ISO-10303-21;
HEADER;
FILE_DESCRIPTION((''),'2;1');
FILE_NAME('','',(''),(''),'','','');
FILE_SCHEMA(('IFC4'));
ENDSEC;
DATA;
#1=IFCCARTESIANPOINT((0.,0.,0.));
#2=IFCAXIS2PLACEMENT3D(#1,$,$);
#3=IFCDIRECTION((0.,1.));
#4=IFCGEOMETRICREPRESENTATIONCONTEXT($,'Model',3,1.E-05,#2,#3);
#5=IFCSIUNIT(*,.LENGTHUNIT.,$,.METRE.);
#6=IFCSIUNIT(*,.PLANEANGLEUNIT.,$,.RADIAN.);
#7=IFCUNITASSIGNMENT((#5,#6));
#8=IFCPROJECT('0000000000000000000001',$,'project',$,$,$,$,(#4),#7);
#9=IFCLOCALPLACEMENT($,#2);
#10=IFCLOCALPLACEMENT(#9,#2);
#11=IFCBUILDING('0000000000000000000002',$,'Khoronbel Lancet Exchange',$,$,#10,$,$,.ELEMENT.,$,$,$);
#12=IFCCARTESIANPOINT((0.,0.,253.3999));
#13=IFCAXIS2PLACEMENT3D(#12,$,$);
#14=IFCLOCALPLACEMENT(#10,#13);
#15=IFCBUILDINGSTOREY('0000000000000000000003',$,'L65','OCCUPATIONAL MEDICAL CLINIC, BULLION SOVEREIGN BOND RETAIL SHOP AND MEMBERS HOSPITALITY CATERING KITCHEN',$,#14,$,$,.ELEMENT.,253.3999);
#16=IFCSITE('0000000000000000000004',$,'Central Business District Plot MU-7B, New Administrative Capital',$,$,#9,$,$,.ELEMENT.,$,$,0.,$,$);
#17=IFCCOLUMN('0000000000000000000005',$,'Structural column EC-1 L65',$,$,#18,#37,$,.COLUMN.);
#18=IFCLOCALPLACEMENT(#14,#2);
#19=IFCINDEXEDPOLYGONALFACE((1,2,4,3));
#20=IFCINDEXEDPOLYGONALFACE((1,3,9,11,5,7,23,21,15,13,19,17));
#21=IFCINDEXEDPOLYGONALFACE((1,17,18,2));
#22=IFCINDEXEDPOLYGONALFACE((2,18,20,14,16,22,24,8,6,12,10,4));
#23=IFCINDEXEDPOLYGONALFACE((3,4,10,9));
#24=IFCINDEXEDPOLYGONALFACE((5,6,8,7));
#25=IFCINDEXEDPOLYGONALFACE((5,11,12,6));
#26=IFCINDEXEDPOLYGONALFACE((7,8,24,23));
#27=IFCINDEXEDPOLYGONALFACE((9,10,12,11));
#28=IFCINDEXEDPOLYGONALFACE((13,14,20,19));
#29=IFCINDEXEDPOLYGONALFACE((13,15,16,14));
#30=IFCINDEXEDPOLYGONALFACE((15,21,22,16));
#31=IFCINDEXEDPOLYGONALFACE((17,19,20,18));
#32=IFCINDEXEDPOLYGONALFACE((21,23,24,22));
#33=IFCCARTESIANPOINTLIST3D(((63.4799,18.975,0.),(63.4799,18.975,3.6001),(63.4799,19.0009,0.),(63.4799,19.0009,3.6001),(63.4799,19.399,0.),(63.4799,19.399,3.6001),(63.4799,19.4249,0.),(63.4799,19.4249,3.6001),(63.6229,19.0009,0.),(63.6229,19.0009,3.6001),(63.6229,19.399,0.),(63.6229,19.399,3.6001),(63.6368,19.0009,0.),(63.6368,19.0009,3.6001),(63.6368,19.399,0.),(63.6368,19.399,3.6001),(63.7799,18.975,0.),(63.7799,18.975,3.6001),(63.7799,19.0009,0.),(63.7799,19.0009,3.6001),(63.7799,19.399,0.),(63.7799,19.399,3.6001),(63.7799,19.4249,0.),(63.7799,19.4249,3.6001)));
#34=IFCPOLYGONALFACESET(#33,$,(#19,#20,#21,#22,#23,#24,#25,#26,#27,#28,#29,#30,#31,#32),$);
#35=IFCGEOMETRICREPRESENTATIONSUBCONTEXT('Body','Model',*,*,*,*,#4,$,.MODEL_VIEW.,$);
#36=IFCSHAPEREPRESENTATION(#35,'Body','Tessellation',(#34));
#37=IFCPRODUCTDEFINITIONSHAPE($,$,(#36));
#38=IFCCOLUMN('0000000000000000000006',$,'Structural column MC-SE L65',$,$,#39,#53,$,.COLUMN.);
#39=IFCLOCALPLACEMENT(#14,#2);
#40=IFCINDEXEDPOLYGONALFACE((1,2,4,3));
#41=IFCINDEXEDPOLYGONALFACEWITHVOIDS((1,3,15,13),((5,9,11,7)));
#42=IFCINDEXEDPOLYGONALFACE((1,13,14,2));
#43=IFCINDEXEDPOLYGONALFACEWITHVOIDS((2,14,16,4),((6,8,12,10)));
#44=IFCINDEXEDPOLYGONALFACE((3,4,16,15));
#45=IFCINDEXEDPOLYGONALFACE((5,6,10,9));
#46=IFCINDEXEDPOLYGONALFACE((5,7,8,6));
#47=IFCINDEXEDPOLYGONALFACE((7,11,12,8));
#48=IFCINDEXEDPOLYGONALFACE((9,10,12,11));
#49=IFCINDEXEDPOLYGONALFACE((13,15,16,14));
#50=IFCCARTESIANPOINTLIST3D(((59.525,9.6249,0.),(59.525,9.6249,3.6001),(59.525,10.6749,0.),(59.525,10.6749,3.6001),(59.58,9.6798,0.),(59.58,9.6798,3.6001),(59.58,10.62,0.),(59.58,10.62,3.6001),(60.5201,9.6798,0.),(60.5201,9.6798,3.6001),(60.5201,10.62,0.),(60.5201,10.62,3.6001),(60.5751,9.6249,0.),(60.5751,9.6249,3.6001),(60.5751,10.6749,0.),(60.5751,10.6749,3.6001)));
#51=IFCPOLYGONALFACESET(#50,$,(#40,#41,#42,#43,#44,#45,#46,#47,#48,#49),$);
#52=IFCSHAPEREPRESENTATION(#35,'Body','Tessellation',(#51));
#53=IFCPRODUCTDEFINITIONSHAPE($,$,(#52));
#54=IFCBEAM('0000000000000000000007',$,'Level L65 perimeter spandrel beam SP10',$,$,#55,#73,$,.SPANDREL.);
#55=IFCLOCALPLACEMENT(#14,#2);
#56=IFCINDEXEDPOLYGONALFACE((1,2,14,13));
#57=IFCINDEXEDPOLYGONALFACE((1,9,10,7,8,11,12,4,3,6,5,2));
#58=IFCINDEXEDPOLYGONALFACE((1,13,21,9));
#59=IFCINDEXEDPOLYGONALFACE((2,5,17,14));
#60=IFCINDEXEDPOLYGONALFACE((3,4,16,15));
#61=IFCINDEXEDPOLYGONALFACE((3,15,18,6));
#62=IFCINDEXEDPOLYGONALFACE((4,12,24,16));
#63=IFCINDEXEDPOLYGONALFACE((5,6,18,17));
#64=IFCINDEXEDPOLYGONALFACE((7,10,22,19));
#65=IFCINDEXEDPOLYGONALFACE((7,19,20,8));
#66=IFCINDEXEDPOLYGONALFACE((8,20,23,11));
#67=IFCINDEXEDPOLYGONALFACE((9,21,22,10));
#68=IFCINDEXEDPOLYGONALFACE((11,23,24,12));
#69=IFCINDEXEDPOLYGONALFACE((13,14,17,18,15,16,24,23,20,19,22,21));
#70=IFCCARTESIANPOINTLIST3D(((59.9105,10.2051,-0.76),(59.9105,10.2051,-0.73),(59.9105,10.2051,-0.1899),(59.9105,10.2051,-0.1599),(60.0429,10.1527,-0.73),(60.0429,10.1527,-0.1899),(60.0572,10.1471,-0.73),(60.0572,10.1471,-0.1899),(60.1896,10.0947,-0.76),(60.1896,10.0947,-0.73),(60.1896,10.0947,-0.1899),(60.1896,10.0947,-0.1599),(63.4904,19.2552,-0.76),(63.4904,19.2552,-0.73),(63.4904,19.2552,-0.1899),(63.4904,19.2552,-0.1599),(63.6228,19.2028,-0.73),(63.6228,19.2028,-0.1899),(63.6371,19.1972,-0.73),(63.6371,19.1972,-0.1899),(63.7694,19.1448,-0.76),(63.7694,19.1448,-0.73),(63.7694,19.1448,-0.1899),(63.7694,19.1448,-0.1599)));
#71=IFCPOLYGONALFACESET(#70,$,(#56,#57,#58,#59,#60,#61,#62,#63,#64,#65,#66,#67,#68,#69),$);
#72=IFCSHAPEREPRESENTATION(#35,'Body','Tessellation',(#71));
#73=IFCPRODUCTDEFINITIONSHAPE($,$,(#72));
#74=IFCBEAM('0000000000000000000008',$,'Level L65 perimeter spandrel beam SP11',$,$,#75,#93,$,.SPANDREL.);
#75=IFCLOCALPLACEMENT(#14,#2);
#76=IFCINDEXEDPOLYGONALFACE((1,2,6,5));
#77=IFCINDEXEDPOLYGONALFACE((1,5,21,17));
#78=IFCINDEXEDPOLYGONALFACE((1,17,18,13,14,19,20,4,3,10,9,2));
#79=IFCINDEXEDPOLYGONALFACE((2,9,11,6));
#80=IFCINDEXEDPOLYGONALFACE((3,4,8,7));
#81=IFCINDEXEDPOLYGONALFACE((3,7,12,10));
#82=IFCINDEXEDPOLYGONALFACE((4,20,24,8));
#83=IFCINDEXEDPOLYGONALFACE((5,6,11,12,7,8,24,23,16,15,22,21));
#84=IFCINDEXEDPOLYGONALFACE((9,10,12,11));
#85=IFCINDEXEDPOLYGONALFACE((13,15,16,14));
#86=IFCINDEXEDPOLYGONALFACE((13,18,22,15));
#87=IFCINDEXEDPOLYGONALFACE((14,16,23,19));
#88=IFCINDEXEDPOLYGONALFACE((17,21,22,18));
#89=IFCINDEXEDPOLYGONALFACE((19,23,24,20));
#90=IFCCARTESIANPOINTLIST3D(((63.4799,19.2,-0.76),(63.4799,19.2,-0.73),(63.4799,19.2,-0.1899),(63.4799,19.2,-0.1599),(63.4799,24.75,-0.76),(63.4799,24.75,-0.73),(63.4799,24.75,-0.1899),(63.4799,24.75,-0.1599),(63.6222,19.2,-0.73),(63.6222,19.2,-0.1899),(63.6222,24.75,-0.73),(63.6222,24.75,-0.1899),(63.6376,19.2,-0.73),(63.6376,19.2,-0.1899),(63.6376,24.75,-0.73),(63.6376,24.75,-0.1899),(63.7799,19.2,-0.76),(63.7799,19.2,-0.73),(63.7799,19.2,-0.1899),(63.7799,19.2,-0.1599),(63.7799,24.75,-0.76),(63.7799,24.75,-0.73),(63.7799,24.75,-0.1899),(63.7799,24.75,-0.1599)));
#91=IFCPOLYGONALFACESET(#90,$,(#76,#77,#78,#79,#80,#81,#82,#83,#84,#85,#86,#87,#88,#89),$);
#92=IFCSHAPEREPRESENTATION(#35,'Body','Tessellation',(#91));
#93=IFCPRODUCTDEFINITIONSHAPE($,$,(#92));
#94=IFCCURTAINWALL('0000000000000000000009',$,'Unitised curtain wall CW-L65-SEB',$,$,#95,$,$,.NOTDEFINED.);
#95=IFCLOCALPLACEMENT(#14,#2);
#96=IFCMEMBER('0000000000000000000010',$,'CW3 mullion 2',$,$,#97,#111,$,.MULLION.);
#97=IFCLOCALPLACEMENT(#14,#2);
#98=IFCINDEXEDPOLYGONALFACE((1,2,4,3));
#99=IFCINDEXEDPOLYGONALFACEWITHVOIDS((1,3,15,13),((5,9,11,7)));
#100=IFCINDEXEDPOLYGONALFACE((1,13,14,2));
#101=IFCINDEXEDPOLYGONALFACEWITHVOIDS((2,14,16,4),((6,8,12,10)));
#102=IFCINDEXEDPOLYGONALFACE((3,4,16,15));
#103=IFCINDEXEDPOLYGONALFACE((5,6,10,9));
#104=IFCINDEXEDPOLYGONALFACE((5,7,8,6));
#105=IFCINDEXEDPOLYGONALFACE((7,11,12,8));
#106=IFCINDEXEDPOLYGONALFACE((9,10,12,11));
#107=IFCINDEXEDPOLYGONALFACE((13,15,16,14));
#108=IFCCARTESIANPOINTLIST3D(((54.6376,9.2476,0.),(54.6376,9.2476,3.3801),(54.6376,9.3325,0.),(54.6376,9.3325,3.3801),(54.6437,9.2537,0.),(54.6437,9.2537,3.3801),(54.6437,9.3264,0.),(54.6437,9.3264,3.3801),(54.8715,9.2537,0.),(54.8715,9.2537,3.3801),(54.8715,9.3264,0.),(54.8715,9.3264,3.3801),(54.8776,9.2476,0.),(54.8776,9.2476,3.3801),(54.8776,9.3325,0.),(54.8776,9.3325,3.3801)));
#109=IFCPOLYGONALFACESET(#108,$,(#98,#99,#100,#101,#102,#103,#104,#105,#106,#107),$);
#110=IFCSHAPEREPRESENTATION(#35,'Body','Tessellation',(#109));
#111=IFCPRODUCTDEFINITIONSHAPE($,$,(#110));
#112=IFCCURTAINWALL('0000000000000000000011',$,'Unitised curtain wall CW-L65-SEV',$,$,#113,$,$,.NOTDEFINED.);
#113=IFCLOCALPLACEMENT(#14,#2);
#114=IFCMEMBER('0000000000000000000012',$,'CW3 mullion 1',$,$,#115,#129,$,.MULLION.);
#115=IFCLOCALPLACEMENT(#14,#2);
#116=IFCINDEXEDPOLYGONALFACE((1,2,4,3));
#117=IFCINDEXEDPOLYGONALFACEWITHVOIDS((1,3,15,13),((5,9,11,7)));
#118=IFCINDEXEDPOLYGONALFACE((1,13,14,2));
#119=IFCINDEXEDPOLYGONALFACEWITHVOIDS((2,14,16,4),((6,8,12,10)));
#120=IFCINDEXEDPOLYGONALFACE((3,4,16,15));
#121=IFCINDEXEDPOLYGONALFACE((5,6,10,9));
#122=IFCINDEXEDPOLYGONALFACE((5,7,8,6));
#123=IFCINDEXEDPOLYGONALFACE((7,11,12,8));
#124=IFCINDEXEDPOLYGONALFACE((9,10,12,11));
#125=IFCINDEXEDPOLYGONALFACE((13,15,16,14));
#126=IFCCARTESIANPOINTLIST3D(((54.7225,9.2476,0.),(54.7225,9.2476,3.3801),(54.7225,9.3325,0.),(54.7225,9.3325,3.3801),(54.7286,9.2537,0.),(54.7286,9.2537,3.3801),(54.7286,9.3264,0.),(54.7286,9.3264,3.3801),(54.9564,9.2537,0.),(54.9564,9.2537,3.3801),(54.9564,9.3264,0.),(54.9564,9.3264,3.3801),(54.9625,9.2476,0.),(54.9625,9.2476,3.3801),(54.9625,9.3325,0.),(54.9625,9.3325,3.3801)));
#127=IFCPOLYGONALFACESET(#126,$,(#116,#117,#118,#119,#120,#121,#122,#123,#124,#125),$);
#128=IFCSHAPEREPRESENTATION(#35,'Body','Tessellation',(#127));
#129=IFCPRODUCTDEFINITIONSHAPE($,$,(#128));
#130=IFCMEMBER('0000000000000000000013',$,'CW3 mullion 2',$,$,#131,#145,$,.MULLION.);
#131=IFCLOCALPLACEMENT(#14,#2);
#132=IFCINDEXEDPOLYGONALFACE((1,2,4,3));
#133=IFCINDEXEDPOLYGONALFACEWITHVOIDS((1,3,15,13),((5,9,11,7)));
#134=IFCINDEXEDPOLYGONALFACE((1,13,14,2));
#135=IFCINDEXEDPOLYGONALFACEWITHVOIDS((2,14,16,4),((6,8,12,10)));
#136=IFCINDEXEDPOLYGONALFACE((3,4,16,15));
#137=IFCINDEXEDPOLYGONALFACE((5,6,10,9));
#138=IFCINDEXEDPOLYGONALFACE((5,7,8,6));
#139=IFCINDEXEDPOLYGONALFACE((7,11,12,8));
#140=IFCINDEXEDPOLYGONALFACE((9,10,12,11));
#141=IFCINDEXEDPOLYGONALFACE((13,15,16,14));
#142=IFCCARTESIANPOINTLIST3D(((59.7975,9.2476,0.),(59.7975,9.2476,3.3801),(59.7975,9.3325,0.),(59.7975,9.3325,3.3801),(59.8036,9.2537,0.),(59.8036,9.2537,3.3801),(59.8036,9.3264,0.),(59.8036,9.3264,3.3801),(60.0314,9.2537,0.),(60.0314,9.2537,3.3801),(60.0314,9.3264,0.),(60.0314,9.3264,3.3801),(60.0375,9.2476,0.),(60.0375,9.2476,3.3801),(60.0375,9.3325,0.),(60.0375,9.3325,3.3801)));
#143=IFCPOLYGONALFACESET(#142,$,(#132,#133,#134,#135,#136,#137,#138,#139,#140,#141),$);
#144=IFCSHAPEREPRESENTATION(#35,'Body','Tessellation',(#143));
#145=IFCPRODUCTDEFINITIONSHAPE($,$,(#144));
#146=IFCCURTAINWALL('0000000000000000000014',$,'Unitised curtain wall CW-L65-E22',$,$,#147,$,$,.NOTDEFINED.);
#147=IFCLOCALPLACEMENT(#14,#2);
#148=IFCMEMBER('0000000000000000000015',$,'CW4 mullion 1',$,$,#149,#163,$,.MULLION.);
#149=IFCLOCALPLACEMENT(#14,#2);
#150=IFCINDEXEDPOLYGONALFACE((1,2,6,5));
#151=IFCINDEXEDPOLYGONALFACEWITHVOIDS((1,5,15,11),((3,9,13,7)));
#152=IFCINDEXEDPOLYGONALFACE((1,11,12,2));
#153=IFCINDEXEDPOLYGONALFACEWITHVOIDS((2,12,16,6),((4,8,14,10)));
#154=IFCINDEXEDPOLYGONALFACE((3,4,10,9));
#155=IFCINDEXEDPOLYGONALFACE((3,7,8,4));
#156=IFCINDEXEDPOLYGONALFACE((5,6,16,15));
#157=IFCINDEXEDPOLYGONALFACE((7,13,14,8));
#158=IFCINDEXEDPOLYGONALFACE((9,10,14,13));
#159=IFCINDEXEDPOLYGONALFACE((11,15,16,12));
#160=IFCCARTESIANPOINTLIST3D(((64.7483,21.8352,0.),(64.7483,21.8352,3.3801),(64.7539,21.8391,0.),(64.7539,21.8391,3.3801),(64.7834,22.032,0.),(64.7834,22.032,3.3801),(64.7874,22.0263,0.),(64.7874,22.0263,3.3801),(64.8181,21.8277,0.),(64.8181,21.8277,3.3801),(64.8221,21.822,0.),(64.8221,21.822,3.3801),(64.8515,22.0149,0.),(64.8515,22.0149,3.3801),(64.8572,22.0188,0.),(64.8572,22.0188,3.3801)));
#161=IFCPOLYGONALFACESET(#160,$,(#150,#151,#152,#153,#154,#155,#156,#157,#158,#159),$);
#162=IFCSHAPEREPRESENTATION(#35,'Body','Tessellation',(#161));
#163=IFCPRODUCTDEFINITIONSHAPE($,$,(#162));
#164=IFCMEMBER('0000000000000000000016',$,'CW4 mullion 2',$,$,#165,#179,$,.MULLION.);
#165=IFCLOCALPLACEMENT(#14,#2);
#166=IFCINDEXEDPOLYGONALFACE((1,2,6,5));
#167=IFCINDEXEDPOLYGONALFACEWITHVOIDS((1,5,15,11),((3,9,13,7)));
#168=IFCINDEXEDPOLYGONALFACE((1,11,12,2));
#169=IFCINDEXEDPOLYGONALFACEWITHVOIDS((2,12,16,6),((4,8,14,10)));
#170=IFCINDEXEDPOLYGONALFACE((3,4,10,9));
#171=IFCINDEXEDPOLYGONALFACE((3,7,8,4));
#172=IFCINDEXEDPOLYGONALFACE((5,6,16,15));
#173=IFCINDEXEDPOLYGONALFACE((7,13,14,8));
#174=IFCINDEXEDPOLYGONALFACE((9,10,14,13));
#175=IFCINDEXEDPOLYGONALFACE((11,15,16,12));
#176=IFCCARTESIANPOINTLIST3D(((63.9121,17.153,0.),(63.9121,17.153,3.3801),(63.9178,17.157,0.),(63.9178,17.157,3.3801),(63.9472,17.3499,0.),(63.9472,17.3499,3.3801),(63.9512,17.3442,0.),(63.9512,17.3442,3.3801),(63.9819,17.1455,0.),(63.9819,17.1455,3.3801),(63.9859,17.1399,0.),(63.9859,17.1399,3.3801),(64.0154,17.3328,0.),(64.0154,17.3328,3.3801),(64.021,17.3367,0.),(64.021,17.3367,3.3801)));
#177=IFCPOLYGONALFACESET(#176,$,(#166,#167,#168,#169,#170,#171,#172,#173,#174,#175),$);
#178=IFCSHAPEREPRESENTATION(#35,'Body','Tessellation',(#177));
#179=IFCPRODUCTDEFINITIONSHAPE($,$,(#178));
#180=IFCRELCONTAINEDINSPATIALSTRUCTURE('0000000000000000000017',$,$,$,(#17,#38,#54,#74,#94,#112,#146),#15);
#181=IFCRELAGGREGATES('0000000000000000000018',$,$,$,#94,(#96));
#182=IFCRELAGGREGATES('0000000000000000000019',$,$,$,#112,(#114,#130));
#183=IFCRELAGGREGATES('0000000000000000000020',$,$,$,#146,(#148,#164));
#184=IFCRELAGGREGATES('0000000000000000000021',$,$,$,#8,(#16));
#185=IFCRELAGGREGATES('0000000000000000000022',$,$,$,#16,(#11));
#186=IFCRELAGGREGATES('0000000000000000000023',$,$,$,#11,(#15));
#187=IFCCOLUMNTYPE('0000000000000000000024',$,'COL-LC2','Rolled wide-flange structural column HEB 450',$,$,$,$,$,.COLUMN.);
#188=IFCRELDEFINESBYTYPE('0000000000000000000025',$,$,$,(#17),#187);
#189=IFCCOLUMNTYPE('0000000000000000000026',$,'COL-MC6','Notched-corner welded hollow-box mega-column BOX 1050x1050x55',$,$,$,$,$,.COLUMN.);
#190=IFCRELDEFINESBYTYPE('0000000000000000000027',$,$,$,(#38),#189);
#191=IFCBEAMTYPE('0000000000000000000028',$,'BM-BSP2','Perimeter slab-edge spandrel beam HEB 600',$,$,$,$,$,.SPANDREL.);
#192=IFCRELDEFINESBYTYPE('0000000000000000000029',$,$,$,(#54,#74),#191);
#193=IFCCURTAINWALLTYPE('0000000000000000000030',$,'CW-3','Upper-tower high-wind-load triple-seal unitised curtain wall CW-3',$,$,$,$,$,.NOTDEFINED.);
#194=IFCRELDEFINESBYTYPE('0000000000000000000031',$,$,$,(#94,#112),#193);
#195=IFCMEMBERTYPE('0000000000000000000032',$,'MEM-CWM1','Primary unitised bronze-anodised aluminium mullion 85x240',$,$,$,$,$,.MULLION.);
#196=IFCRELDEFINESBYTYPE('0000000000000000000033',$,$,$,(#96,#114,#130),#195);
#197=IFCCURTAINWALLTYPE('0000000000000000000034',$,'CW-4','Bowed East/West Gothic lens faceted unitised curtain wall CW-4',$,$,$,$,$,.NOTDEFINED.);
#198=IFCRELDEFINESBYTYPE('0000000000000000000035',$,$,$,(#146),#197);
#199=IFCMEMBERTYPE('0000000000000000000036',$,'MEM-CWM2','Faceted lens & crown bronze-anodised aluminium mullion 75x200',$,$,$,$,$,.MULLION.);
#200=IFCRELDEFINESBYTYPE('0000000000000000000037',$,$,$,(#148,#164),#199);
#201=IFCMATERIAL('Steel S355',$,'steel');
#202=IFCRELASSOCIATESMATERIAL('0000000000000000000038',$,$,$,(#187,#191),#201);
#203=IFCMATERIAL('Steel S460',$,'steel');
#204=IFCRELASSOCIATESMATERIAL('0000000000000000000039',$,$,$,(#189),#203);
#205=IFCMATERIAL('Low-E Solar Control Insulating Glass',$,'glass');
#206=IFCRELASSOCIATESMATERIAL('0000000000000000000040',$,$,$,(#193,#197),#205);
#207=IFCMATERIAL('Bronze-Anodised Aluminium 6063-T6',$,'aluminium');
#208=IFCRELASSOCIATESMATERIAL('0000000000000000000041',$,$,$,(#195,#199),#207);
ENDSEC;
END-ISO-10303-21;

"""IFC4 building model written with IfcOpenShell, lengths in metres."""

from ifc_helpers import new_model, si_unit, direction, frame, origin, origin_2d, place, context, subcontext, project, spatial, hollow_rectangle, i_section, extrude, material, material_profile, profile_set, type_object, element, aggregate, save


model = new_model("IFC4")

# Units and contexts
model_context = context("Model", 3, precision=1e-05, world=origin(), true_north=direction((0.0, 1.0)))
body_context = subcontext(model_context, "Body", "Model", "MODEL_VIEW")
ifc_project = project(units=[si_unit("LENGTHUNIT", "METRE"), si_unit("PLANEANGLEUNIT", "RADIAN")], contexts=[model_context])

# Site, building, storey
site_placement = place(None, origin())
site = spatial("IfcSite", under=ifc_project, at=site_placement, Name="Central Business District Plot MU-7B, New Administrative Capital", CompositionType="ELEMENT", RefElevation=0.0)
building_placement = place(site_placement, origin())
building = spatial("IfcBuilding", under=site, at=building_placement, Name="Khoronbel Lancet Exchange", CompositionType="ELEMENT")
storey_placement = place(building_placement, frame((0.0, 0.0, 253.3999)))
storey = spatial("IfcBuildingStorey", under=building, at=storey_placement, Name="L65", Description="OCCUPATIONAL MEDICAL CLINIC, BULLION SOVEREIGN BOND RETAIL SHOP AND MEMBERS HOSPITALITY CATERING KITCHEN", CompositionType="ELEMENT", Elevation=253.3999)

# Columns
ifc_material_1 = material(Name="Steel S355", Category="steel")
ifc_material_profile_1 = material_profile(ifc_material_1, i_section(OverallWidth=0.3, OverallDepth=0.45, WebThickness=0.0139, FlangeThickness=0.0259, at=origin_2d()), Name="HEB 450")
ifc_profile_set_1 = profile_set([ifc_material_profile_1], Name="Steel S355")
column_type_1 = type_object("IfcColumnType", Name="COL-LC2", Description="Rolled wide-flange structural column HEB 450", PredefinedType="COLUMN", material=ifc_profile_set_1)
column_1_placement = place(storey_placement, frame((63.6299, 19.2, 0.0), z_axis=(0.0, 0.0, 1.0), x_axis=(1.0, 0.0, 0.0)))
element("IfcColumn", 1, at=column_1_placement, inside=storey, type_object=column_type_1, Name="Structural column EC-1 L65", PredefinedType="COLUMN", context=body_context, shape_type="SweptSolid", body=[
    extrude(i_section(OverallWidth=0.3, OverallDepth=0.45, WebThickness=0.0139, FlangeThickness=0.0259, at=origin_2d()), origin(), (0.0, 0.0, 1.0), 3.6001),
])
ifc_material_2 = material(Name="Steel S460", Category="steel")
ifc_material_profile_2 = material_profile(ifc_material_2, hollow_rectangle(XDim=1.05, YDim=1.05, WallThickness=0.0549, at=origin_2d()), Name="BOX 1050x1050x55")
ifc_profile_set_2 = profile_set([ifc_material_profile_2], Name="Steel S460")
column_type_2 = type_object("IfcColumnType", Name="COL-MC6", Description="Notched-corner welded hollow-box mega-column BOX 1050x1050x55", PredefinedType="COLUMN", material=ifc_profile_set_2)
column_2_placement = place(storey_placement, frame((60.05, 10.1499, 0.0), z_axis=(0.0, 0.0, 1.0), x_axis=(1.0, 0.0, 0.0)))
element("IfcColumn", 2, at=column_2_placement, inside=storey, type_object=column_type_2, Name="Structural column MC-SE L65", PredefinedType="COLUMN", context=body_context, shape_type="SweptSolid", body=[
    extrude(hollow_rectangle(XDim=1.05, YDim=1.05, WallThickness=0.0549, at=origin_2d()), origin(), (0.0, 0.0, 1.0), 3.6001),
])

# Beams
ifc_material_profile_3 = material_profile(ifc_material_1, i_section(OverallWidth=0.3, OverallDepth=0.6001, WebThickness=0.0154, FlangeThickness=0.03, at=origin_2d()), Name="HEB 600")
ifc_profile_set_3 = profile_set([ifc_material_profile_3], Name="Steel S355")
beam_type = type_object("IfcBeamType", Name="BM-BSP2", Description="Perimeter slab-edge spandrel beam HEB 600", PredefinedType="SPANDREL", material=ifc_profile_set_3)
beam_1_placement = place(storey_placement, frame((60.05, 10.1499, -0.46), z_axis=(0.367828, 0.929894, 0.0), x_axis=(-0.929894, 0.367828, 0.0)))
element("IfcBeam", 3, at=beam_1_placement, inside=storey, type_object=beam_type, Name="Level L65 perimeter spandrel beam SP10", PredefinedType="SPANDREL", context=body_context, shape_type="SweptSolid", body=[
    extrude(i_section(OverallWidth=0.3, OverallDepth=0.6001, WebThickness=0.0154, FlangeThickness=0.03, at=origin_2d()), origin(), (0.0, 0.0, 1.0), 9.7324),
])
beam_2_placement = place(storey_placement, frame((63.6299, 19.2, -0.46), z_axis=(0.0, 1.0, 0.0), x_axis=(-1.0, 0.0, 0.0)))
element("IfcBeam", 4, at=beam_2_placement, inside=storey, type_object=beam_type, Name="Level L65 perimeter spandrel beam SP11", PredefinedType="SPANDREL", context=body_context, shape_type="SweptSolid", body=[
    extrude(i_section(OverallWidth=0.3, OverallDepth=0.6001, WebThickness=0.0154, FlangeThickness=0.03, at=origin_2d()), origin(), (0.0, 0.0, 1.0), 5.55),
])

# Curtain wall, member
ifc_material_3 = material(Name="Low-E Solar Control Insulating Glass", Category="glass")
curtain_wall_type_1 = type_object("IfcCurtainWallType", Name="CW-3", Description="Upper-tower high-wind-load triple-seal unitised curtain wall CW-3", PredefinedType="NOTDEFINED", material=ifc_material_3)
curtain_wall_1_placement = place(storey_placement, origin())
curtain_wall_1 = element("IfcCurtainWall", 5, at=curtain_wall_1_placement, inside=storey, type_object=curtain_wall_type_1, Name="Unitised curtain wall CW-L65-SEB", PredefinedType="NOTDEFINED")
ifc_material_4 = material(Name="Bronze-Anodised Aluminium 6063-T6", Category="aluminium")
ifc_material_profile_4 = material_profile(ifc_material_4, hollow_rectangle(XDim=0.085, YDim=0.24, WallThickness=0.0061, at=origin_2d()), Name="ALU MULLION 85x240")
ifc_profile_set_4 = profile_set([ifc_material_profile_4], Name="Bronze-Anodised Aluminium 6063-T6")
member_type_1 = type_object("IfcMemberType", Name="MEM-CWM1", Description="Primary unitised bronze-anodised aluminium mullion 85x240", PredefinedType="MULLION", material=ifc_profile_set_4)
member_1_placement = place(storey_placement, frame((54.7576, 9.29, 0.0), z_axis=(0.0, 0.0, 1.0), x_axis=(0.0, 1.0, 0.0)))
member_1 = element("IfcMember", 6, at=member_1_placement, type_object=member_type_1, Name="CW3 mullion 2", PredefinedType="MULLION", context=body_context, shape_type="SweptSolid", body=[
    extrude(hollow_rectangle(XDim=0.085, YDim=0.24, WallThickness=0.0061, at=origin_2d()), origin(), (0.0, 0.0, 1.0), 3.3801),
])
aggregate(curtain_wall_1, [member_1])

# Curtain walls, members
curtain_wall_2_placement = place(storey_placement, origin())
curtain_wall_2 = element("IfcCurtainWall", 7, at=curtain_wall_2_placement, inside=storey, type_object=curtain_wall_type_1, Name="Unitised curtain wall CW-L65-SEV", PredefinedType="NOTDEFINED")
member_2_placement = place(storey_placement, frame((54.8425, 9.29, 0.0), z_axis=(0.0, 0.0, 1.0), x_axis=(0.0, 1.0, 0.0)))
member_2 = element("IfcMember", 8, at=member_2_placement, type_object=member_type_1, Name="CW3 mullion 1", PredefinedType="MULLION", context=body_context, shape_type="SweptSolid", body=[
    extrude(hollow_rectangle(XDim=0.085, YDim=0.24, WallThickness=0.0061, at=origin_2d()), origin(), (0.0, 0.0, 1.0), 3.3801),
])
member_3_placement = place(storey_placement, frame((59.9175, 9.29, 0.0), z_axis=(0.0, 0.0, 1.0), x_axis=(0.0, 1.0, 0.0)))
member_3 = element("IfcMember", 9, at=member_3_placement, type_object=member_type_1, Name="CW3 mullion 2", PredefinedType="MULLION", context=body_context, shape_type="SweptSolid", body=[
    extrude(hollow_rectangle(XDim=0.085, YDim=0.24, WallThickness=0.0061, at=origin_2d()), origin(), (0.0, 0.0, 1.0), 3.3801),
])
curtain_wall_type_2 = type_object("IfcCurtainWallType", Name="CW-4", Description="Bowed East/West Gothic lens faceted unitised curtain wall CW-4", PredefinedType="NOTDEFINED", material=ifc_material_3)
curtain_wall_3_placement = place(storey_placement, origin())
curtain_wall_3 = element("IfcCurtainWall", 10, at=curtain_wall_3_placement, inside=storey, type_object=curtain_wall_type_2, Name="Unitised curtain wall CW-L65-E22", PredefinedType="NOTDEFINED")
ifc_material_profile_5 = material_profile(ifc_material_4, hollow_rectangle(XDim=0.075, YDim=0.2, WallThickness=0.0049, at=origin_2d()), Name="ALU MULLION 75x200")
ifc_profile_set_5 = profile_set([ifc_material_profile_5], Name="Bronze-Anodised Aluminium 6063-T6")
member_type_2 = type_object("IfcMemberType", Name="MEM-CWM2", Description="Faceted lens & crown bronze-anodised aluminium mullion 75x200", PredefinedType="MULLION", material=ifc_profile_set_5)
member_4_placement = place(storey_placement, frame((64.8027, 21.927, 0.0), z_axis=(0.0, 0.0, 1.0), x_axis=(0.984426, -0.175801, 0.0)))
member_4 = element("IfcMember", 11, at=member_4_placement, type_object=member_type_2, Name="CW4 mullion 1", PredefinedType="MULLION", context=body_context, shape_type="SweptSolid", body=[
    extrude(hollow_rectangle(XDim=0.075, YDim=0.2, WallThickness=0.0049, at=origin_2d()), origin(), (0.0, 0.0, 1.0), 3.3801),
])
member_5_placement = place(storey_placement, frame((63.9666, 17.2449, 0.0), z_axis=(0.0, 0.0, 1.0), x_axis=(0.984426, -0.175801, 0.0)))
member_5 = element("IfcMember", 12, at=member_5_placement, type_object=member_type_2, Name="CW4 mullion 2", PredefinedType="MULLION", context=body_context, shape_type="SweptSolid", body=[
    extrude(hollow_rectangle(XDim=0.075, YDim=0.2, WallThickness=0.0049, at=origin_2d()), origin(), (0.0, 0.0, 1.0), 3.3801),
])

aggregate(curtain_wall_2, [member_2, member_3])
aggregate(curtain_wall_3, [member_4, member_5])

save(model, "model.ifc")
